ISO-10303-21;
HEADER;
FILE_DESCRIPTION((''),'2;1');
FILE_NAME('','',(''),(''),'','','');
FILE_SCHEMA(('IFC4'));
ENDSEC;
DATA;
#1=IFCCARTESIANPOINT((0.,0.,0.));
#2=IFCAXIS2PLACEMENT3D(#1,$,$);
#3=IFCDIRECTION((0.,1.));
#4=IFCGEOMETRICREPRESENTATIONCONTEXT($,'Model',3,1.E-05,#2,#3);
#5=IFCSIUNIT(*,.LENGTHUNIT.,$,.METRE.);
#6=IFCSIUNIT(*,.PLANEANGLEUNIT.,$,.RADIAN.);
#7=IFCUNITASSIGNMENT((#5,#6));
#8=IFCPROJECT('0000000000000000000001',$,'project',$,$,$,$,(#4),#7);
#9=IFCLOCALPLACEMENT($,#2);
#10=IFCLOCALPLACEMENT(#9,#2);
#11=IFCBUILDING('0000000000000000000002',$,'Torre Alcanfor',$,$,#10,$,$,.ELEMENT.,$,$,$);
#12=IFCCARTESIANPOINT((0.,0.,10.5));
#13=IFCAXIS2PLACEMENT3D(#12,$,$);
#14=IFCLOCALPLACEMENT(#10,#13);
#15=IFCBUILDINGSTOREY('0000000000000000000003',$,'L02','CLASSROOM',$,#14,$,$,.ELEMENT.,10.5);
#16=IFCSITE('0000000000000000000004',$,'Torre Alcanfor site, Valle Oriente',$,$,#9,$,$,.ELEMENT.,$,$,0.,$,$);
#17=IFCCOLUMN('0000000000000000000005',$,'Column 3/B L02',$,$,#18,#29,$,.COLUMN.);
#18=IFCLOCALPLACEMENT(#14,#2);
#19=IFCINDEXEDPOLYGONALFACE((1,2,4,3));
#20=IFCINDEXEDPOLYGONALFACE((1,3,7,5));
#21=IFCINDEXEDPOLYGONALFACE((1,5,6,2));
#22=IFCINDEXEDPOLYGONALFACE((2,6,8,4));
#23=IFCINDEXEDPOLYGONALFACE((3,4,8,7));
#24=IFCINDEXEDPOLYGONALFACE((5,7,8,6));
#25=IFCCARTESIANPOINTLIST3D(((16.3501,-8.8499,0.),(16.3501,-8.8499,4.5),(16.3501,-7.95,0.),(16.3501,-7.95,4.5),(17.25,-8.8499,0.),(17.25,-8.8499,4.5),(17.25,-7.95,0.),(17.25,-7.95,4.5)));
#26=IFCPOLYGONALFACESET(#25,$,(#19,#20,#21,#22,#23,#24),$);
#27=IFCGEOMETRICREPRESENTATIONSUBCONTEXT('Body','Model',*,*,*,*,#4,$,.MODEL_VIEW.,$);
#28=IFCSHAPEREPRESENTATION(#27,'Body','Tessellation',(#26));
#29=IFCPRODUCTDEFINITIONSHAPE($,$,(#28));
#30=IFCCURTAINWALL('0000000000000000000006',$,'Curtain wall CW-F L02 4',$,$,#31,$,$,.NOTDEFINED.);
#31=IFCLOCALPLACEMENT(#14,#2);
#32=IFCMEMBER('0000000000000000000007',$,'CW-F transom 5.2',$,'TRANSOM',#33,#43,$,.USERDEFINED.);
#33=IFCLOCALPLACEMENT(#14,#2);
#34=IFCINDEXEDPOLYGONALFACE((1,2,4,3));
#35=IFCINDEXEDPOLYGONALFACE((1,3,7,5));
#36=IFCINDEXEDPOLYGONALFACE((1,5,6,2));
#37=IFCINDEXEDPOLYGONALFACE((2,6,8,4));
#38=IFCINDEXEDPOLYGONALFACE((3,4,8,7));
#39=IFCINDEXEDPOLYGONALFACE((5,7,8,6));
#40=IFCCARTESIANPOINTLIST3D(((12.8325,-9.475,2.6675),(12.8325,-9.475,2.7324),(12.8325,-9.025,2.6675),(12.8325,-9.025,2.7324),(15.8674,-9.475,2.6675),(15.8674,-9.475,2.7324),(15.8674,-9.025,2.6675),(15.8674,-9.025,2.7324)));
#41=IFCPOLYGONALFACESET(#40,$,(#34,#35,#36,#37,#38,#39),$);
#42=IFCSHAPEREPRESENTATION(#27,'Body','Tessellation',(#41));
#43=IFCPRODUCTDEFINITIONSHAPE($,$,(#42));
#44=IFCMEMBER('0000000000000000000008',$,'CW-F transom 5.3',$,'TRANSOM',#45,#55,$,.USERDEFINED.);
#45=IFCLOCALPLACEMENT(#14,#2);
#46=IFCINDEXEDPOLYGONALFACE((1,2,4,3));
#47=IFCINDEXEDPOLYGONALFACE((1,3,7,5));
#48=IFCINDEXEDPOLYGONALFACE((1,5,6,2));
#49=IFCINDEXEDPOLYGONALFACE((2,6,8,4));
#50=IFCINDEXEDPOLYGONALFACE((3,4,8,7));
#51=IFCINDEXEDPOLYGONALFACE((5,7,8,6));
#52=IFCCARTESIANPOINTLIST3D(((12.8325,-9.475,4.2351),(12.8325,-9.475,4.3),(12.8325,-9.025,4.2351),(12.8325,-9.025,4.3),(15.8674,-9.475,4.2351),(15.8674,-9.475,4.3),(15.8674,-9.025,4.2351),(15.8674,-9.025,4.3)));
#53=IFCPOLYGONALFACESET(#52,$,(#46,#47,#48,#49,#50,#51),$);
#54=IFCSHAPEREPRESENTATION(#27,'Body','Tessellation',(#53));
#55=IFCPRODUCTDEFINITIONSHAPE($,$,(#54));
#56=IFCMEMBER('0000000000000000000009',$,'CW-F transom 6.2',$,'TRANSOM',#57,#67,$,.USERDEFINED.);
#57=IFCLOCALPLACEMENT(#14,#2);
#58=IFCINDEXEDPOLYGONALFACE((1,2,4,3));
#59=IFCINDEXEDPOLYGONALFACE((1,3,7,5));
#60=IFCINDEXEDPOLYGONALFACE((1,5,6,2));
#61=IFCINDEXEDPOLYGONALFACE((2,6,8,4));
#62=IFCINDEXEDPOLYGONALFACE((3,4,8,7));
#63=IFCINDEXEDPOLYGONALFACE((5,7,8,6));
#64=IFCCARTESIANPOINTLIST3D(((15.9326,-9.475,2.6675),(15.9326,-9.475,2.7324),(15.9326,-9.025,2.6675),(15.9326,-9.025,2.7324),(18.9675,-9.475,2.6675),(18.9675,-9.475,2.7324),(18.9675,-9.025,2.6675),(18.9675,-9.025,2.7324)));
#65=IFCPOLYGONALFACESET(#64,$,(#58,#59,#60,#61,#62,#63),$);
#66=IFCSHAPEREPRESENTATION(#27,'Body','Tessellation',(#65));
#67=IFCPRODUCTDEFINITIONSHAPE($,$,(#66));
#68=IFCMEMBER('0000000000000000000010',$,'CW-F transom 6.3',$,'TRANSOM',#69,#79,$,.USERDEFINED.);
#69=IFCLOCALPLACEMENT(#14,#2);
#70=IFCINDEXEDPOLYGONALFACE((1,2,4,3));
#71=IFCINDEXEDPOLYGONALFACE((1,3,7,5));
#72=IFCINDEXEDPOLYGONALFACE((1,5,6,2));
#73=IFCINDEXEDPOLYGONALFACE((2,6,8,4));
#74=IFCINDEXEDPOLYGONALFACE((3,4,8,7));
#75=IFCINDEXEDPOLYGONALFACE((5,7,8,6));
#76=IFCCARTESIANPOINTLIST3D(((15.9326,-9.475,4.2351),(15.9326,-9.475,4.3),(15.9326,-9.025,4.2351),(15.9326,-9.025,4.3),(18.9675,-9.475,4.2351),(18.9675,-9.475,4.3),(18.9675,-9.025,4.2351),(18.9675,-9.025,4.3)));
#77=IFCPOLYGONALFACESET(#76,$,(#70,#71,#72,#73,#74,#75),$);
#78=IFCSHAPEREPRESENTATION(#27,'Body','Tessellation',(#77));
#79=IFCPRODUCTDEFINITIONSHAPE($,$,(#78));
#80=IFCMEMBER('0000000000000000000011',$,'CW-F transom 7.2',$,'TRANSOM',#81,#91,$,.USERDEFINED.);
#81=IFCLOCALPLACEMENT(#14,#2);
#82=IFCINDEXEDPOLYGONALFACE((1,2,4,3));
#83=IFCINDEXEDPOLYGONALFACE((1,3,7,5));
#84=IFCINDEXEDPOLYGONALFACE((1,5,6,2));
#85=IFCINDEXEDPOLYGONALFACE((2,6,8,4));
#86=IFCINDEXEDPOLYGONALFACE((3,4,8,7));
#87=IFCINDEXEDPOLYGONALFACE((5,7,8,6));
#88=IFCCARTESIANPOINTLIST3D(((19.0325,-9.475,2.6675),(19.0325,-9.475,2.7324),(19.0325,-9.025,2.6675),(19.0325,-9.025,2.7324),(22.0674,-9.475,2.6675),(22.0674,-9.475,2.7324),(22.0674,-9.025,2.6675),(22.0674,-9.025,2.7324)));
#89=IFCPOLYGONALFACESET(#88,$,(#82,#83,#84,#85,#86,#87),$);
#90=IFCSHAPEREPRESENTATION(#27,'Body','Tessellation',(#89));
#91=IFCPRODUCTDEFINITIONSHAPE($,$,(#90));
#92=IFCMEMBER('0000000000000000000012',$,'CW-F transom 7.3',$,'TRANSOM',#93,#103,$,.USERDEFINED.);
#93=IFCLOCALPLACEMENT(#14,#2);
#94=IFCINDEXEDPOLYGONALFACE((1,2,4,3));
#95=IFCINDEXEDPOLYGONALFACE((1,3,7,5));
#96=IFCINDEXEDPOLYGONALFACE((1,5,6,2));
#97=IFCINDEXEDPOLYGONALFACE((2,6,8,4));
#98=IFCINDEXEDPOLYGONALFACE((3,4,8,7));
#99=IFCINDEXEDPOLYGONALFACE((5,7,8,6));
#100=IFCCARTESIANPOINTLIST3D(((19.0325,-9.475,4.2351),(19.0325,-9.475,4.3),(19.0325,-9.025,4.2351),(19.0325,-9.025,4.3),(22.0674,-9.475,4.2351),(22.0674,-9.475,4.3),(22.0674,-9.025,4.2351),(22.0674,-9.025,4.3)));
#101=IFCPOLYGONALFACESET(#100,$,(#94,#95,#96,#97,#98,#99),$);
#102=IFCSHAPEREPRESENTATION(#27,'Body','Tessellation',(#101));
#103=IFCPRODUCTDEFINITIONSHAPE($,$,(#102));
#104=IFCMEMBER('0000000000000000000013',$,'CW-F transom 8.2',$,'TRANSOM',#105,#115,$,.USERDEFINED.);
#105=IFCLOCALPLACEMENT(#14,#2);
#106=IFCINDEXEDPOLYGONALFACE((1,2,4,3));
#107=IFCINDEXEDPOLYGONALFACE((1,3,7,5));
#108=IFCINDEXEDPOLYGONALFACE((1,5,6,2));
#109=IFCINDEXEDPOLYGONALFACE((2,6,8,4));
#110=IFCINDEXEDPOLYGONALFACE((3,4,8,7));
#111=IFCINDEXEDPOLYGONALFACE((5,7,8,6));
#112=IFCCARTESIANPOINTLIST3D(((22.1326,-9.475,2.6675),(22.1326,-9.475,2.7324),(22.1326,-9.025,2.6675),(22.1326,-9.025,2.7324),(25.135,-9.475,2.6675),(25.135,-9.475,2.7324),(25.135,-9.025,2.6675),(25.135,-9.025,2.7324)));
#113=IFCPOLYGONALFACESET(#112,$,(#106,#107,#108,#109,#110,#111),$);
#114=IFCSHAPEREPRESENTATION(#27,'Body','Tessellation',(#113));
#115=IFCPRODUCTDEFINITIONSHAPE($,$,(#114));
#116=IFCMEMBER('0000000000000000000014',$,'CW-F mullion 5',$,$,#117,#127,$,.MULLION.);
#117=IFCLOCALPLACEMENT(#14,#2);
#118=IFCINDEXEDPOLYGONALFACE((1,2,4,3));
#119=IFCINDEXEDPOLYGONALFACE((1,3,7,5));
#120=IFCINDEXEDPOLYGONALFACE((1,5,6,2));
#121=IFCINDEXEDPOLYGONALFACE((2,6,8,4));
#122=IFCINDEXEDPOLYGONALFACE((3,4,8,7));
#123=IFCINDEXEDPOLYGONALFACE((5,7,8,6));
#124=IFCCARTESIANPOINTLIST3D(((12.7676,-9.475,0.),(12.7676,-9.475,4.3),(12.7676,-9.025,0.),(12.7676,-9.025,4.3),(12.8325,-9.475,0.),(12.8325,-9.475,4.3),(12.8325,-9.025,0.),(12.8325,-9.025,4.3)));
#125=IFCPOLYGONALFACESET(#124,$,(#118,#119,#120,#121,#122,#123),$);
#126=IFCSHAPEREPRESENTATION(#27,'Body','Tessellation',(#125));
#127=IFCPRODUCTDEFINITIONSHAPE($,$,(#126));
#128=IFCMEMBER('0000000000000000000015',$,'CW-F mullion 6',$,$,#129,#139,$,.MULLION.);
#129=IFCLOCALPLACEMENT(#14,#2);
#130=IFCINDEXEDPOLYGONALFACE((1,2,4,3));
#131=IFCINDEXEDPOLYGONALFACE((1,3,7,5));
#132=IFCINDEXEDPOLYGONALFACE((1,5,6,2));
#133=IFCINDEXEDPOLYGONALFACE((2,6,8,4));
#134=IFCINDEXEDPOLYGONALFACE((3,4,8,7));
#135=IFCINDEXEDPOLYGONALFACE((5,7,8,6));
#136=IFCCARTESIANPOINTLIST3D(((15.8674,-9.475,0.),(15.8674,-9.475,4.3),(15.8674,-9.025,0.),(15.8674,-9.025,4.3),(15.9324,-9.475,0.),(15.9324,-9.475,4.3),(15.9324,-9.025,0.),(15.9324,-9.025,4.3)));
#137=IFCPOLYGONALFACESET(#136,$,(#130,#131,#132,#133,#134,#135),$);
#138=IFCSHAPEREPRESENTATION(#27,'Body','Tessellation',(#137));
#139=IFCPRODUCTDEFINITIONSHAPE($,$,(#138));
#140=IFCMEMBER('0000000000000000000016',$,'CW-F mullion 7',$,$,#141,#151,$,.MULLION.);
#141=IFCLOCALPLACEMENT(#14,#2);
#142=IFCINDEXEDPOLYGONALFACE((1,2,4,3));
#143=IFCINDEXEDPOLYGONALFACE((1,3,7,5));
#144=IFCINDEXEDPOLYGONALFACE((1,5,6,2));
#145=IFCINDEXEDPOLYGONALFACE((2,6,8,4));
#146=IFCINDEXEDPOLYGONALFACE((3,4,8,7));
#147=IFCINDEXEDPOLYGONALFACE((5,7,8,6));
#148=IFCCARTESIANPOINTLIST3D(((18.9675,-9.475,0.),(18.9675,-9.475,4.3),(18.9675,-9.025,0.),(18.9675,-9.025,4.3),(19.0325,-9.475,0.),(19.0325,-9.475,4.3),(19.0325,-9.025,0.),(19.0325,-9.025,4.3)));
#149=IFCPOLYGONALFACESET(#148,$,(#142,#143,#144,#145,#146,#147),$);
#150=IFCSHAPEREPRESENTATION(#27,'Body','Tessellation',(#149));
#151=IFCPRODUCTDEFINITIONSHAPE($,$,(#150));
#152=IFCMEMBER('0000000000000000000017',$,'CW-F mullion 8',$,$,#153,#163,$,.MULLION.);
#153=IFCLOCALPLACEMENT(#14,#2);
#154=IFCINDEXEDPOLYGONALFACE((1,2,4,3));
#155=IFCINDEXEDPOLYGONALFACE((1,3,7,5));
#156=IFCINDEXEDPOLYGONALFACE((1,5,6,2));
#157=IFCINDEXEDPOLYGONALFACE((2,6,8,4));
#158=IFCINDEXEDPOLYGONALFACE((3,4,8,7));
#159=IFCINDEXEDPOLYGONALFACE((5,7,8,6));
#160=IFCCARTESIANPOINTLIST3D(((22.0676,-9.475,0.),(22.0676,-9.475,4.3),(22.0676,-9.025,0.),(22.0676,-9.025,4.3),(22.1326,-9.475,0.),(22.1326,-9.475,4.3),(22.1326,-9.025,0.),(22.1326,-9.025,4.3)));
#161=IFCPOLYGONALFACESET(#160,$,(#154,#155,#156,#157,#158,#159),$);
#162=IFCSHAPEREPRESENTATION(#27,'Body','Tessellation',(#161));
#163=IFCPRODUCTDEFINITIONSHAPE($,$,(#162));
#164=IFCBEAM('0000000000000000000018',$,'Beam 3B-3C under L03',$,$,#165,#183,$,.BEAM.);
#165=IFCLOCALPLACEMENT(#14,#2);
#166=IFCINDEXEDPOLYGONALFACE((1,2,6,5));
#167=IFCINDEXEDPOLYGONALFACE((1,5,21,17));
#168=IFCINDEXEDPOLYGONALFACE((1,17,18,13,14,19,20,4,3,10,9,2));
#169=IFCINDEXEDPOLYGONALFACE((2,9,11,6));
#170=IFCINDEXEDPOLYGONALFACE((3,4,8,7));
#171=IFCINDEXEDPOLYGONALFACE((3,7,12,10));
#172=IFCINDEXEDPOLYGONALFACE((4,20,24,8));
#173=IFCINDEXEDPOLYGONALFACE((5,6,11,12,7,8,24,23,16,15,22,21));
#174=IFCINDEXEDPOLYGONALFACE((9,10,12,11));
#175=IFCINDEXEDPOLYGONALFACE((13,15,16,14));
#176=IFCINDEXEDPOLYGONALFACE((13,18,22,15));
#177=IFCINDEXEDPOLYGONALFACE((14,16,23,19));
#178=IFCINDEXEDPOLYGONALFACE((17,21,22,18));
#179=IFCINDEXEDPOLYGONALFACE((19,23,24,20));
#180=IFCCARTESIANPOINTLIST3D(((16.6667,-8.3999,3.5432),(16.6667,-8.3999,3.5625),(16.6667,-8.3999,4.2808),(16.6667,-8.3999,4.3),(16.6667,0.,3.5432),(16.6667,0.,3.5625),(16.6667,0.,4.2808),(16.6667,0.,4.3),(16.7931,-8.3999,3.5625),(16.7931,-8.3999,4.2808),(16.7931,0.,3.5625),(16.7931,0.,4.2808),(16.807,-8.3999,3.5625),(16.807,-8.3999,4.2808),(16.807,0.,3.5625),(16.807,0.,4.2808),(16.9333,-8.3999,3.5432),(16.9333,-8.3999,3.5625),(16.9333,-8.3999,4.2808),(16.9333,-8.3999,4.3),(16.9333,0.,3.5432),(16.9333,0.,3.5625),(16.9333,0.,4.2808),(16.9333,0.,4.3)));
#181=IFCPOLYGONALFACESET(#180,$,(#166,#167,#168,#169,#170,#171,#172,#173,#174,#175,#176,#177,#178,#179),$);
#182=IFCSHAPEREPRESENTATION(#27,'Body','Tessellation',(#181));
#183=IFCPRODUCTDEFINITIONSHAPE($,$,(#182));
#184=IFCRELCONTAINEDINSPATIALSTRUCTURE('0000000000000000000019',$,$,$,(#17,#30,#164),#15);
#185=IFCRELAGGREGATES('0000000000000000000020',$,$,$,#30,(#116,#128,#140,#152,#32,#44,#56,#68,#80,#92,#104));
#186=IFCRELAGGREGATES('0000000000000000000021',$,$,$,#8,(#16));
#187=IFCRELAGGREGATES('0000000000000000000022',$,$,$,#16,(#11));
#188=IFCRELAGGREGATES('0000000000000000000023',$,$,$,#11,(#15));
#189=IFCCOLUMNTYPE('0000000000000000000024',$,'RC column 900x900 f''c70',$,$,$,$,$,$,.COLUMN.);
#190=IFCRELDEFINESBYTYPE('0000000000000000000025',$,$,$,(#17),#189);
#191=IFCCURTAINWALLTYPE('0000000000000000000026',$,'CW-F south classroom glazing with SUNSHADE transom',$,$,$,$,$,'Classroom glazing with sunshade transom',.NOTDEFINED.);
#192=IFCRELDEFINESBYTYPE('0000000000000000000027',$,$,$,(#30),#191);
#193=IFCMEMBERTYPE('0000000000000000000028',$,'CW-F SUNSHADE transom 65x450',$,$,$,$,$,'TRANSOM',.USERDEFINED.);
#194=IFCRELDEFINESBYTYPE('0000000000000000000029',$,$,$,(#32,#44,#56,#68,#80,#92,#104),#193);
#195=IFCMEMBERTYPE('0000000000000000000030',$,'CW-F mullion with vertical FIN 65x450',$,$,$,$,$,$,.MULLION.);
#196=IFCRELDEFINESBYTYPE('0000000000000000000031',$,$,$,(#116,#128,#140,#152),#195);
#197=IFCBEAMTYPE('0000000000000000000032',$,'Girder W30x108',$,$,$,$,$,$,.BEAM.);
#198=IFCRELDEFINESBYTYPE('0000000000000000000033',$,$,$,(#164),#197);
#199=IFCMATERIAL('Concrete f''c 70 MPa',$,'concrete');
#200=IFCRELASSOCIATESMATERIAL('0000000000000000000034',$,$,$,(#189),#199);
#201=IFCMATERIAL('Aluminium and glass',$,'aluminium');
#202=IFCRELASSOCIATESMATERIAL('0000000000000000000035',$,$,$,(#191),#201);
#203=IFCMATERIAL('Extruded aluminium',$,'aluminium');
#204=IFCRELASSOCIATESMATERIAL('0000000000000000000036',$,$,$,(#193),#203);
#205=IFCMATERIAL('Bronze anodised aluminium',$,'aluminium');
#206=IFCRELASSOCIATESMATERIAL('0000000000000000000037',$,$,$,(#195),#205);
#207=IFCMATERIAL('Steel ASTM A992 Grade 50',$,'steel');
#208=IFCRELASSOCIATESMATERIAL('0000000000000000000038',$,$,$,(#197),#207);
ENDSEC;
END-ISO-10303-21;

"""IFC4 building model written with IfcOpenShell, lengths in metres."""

from ifc_helpers import new_model, si_unit, direction, frame, origin, origin_2d, place, context, subcontext, project, spatial, rectangle, i_section, extrude, material, material_profile, profile_set, type_object, element, aggregate, save


model = new_model("IFC4")

# Units and contexts
model_context = context("Model", 3, precision=1e-05, world=origin(), true_north=direction((0.0, 1.0)))
body_context = subcontext(model_context, "Body", "Model", "MODEL_VIEW")
ifc_project = project(units=[si_unit("LENGTHUNIT", "METRE"), si_unit("PLANEANGLEUNIT", "RADIAN")], contexts=[model_context])

# Site, building, storey
site_placement = place(None, origin())
site = spatial("IfcSite", under=ifc_project, at=site_placement, Name="Torre Alcanfor site, Valle Oriente", CompositionType="ELEMENT", RefElevation=0.0)
building_placement = place(site_placement, origin())
building = spatial("IfcBuilding", under=site, at=building_placement, Name="Torre Alcanfor", CompositionType="ELEMENT")
storey_placement = place(building_placement, frame((0.0, 0.0, 10.5)))
storey = spatial("IfcBuildingStorey", under=building, at=storey_placement, Name="L02", Description="CLASSROOM", CompositionType="ELEMENT", Elevation=10.5)

# Column
ifc_material_1 = material(Name="Concrete f'c 70 MPa", Category="concrete")
ifc_material_profile_1 = material_profile(ifc_material_1, rectangle(XDim=0.8999, YDim=0.8999, at=origin_2d()), Name="900x900")
ifc_profile_set_1 = profile_set([ifc_material_profile_1], Name="Concrete f'c 70 MPa")
column_type = type_object("IfcColumnType", Name="RC column 900x900 f'c70", PredefinedType="COLUMN", material=ifc_profile_set_1)
column_placement = place(storey_placement, frame((16.8, -8.3999, 0.0), z_axis=(0.0, 0.0, 1.0), x_axis=(1.0, 0.0, 0.0)))
element("IfcColumn", 1, at=column_placement, inside=storey, type_object=column_type, Name="Column 3/B L02", PredefinedType="COLUMN", context=body_context, shape_type="SweptSolid", body=[
    extrude(rectangle(XDim=0.8999, YDim=0.8999, at=origin_2d()), origin(), (0.0, 0.0, 1.0), 4.5),
])

# Curtain wall, members
ifc_material_2 = material(Name="Aluminium and glass", Category="aluminium")
curtain_wall_type = type_object("IfcCurtainWallType", Name="CW-F south classroom glazing with SUNSHADE transom", ElementType="Classroom glazing with sunshade transom", PredefinedType="NOTDEFINED", material=ifc_material_2)
curtain_wall_placement = place(storey_placement, origin())
curtain_wall = element("IfcCurtainWall", 2, at=curtain_wall_placement, inside=storey, type_object=curtain_wall_type, Name="Curtain wall CW-F L02 4", PredefinedType="NOTDEFINED")
ifc_material_3 = material(Name="Extruded aluminium", Category="aluminium")
ifc_material_profile_2 = material_profile(ifc_material_3, rectangle(XDim=0.45, YDim=0.0649, at=origin_2d()), Name="CW-F transom 450x65")
ifc_profile_set_2 = profile_set([ifc_material_profile_2], Name="Extruded aluminium")
member_type_1 = type_object("IfcMemberType", Name="CW-F SUNSHADE transom 65x450", ElementType="TRANSOM", PredefinedType="USERDEFINED", material=ifc_profile_set_2)
member_1_placement = place(storey_placement, frame((12.8325, -9.25, 2.7), z_axis=(1.0, 0.0, 0.0), x_axis=(0.0, 1.0, 0.0)))
member_1 = element("IfcMember", 3, at=member_1_placement, type_object=member_type_1, Name="CW-F transom 5.2", ObjectType="TRANSOM", PredefinedType="USERDEFINED", context=body_context, shape_type="SweptSolid", body=[
    extrude(rectangle(XDim=0.45, YDim=0.0649, at=origin_2d()), origin(), (0.0, 0.0, 1.0), 3.0349),
])
member_2_placement = place(storey_placement, frame((12.8325, -9.25, 4.2676), z_axis=(1.0, 0.0, 0.0), x_axis=(0.0, 1.0, 0.0)))
member_2 = element("IfcMember", 4, at=member_2_placement, type_object=member_type_1, Name="CW-F transom 5.3", ObjectType="TRANSOM", PredefinedType="USERDEFINED", context=body_context, shape_type="SweptSolid", body=[
    extrude(rectangle(XDim=0.45, YDim=0.0649, at=origin_2d()), origin(), (0.0, 0.0, 1.0), 3.0349),
])
member_3_placement = place(storey_placement, frame((15.9326, -9.25, 2.7), z_axis=(1.0, 0.0, 0.0), x_axis=(0.0, 1.0, 0.0)))
member_3 = element("IfcMember", 5, at=member_3_placement, type_object=member_type_1, Name="CW-F transom 6.2", ObjectType="TRANSOM", PredefinedType="USERDEFINED", context=body_context, shape_type="SweptSolid", body=[
    extrude(rectangle(XDim=0.45, YDim=0.0649, at=origin_2d()), origin(), (0.0, 0.0, 1.0), 3.0349),
])
member_4_placement = place(storey_placement, frame((15.9326, -9.25, 4.2676), z_axis=(1.0, 0.0, 0.0), x_axis=(0.0, 1.0, 0.0)))
member_4 = element("IfcMember", 6, at=member_4_placement, type_object=member_type_1, Name="CW-F transom 6.3", ObjectType="TRANSOM", PredefinedType="USERDEFINED", context=body_context, shape_type="SweptSolid", body=[
    extrude(rectangle(XDim=0.45, YDim=0.0649, at=origin_2d()), origin(), (0.0, 0.0, 1.0), 3.0349),
])
member_5_placement = place(storey_placement, frame((19.0325, -9.25, 2.7), z_axis=(1.0, 0.0, 0.0), x_axis=(0.0, 1.0, 0.0)))
member_5 = element("IfcMember", 7, at=member_5_placement, type_object=member_type_1, Name="CW-F transom 7.2", ObjectType="TRANSOM", PredefinedType="USERDEFINED", context=body_context, shape_type="SweptSolid", body=[
    extrude(rectangle(XDim=0.45, YDim=0.0649, at=origin_2d()), origin(), (0.0, 0.0, 1.0), 3.0349),
])
member_6_placement = place(storey_placement, frame((19.0325, -9.25, 4.2676), z_axis=(1.0, 0.0, 0.0), x_axis=(0.0, 1.0, 0.0)))
member_6 = element("IfcMember", 8, at=member_6_placement, type_object=member_type_1, Name="CW-F transom 7.3", ObjectType="TRANSOM", PredefinedType="USERDEFINED", context=body_context, shape_type="SweptSolid", body=[
    extrude(rectangle(XDim=0.45, YDim=0.0649, at=origin_2d()), origin(), (0.0, 0.0, 1.0), 3.0349),
])
member_7_placement = place(storey_placement, frame((22.1326, -9.25, 2.7), z_axis=(1.0, 0.0, 0.0), x_axis=(0.0, 1.0, 0.0)))
member_7 = element("IfcMember", 9, at=member_7_placement, type_object=member_type_1, Name="CW-F transom 8.2", ObjectType="TRANSOM", PredefinedType="USERDEFINED", context=body_context, shape_type="SweptSolid", body=[
    extrude(rectangle(XDim=0.45, YDim=0.0649, at=origin_2d()), origin(), (0.0, 0.0, 1.0), 3.0024),
])
ifc_material_4 = material(Name="Bronze anodised aluminium", Category="aluminium")
ifc_material_profile_3 = material_profile(ifc_material_4, rectangle(XDim=0.45, YDim=0.0649, at=origin_2d()), Name="CW-F mullion 65x450")
ifc_profile_set_3 = profile_set([ifc_material_profile_3], Name="Bronze anodised aluminium")
member_type_2 = type_object("IfcMemberType", Name="CW-F mullion with vertical FIN 65x450", PredefinedType="MULLION", material=ifc_profile_set_3)
member_8_placement = place(storey_placement, frame((12.8, -9.25, 0.0), z_axis=(0.0, 0.0, 1.0), x_axis=(0.0, 1.0, 0.0)))
member_8 = element("IfcMember", 10, at=member_8_placement, type_object=member_type_2, Name="CW-F mullion 5", PredefinedType="MULLION", context=body_context, shape_type="SweptSolid", body=[
    extrude(rectangle(XDim=0.45, YDim=0.0649, at=origin_2d()), origin(), (0.0, 0.0, 1.0), 4.3),
])
member_9_placement = place(storey_placement, frame((15.8999, -9.25, 0.0), z_axis=(0.0, 0.0, 1.0), x_axis=(0.0, 1.0, 0.0)))
member_9 = element("IfcMember", 11, at=member_9_placement, type_object=member_type_2, Name="CW-F mullion 6", PredefinedType="MULLION", context=body_context, shape_type="SweptSolid", body=[
    extrude(rectangle(XDim=0.45, YDim=0.0649, at=origin_2d()), origin(), (0.0, 0.0, 1.0), 4.3),
])
member_10_placement = place(storey_placement, frame((19.0, -9.25, 0.0), z_axis=(0.0, 0.0, 1.0), x_axis=(0.0, 1.0, 0.0)))
member_10 = element("IfcMember", 12, at=member_10_placement, type_object=member_type_2, Name="CW-F mullion 7", PredefinedType="MULLION", context=body_context, shape_type="SweptSolid", body=[
    extrude(rectangle(XDim=0.45, YDim=0.0649, at=origin_2d()), origin(), (0.0, 0.0, 1.0), 4.3),
])
member_11_placement = place(storey_placement, frame((22.1001, -9.25, 0.0), z_axis=(0.0, 0.0, 1.0), x_axis=(0.0, 1.0, 0.0)))
member_11 = element("IfcMember", 13, at=member_11_placement, type_object=member_type_2, Name="CW-F mullion 8", PredefinedType="MULLION", context=body_context, shape_type="SweptSolid", body=[
    extrude(rectangle(XDim=0.45, YDim=0.0649, at=origin_2d()), origin(), (0.0, 0.0, 1.0), 4.3),
])

# Beam
ifc_material_5 = material(Name="Steel ASTM A992 Grade 50", Category="steel")
ifc_material_profile_4 = material_profile(ifc_material_5, i_section(OverallWidth=0.2666, OverallDepth=0.7568, WebThickness=0.0139, FlangeThickness=0.0193, at=origin_2d()), Name="W30x108")
ifc_profile_set_4 = profile_set([ifc_material_profile_4], Name="Steel ASTM A992 Grade 50")
beam_type_1 = type_object("IfcBeamType", Name="Girder W30x108", PredefinedType="BEAM", material=ifc_profile_set_4)
beam_1_placement = place(storey_placement, frame((16.8, -8.3999, 3.9216), z_axis=(0.0, 1.0, 0.0), x_axis=(-1.0, 0.0, 0.0)))
element("IfcBeam", 14, at=beam_1_placement, inside=storey, type_object=beam_type_1, Name="Beam 3B-3C under L03", PredefinedType="BEAM", context=body_context, shape_type="SweptSolid", body=[
    extrude(i_section(OverallWidth=0.2666, OverallDepth=0.7568, WebThickness=0.0139, FlangeThickness=0.0193, at=origin_2d()), origin(), (0.0, 0.0, 1.0), 8.3999),
])

aggregate(curtain_wall, [member_8, member_9, member_10, member_11, member_1, member_2, member_3, member_4, member_5, member_6, member_7])

save(model, "model.ifc")
